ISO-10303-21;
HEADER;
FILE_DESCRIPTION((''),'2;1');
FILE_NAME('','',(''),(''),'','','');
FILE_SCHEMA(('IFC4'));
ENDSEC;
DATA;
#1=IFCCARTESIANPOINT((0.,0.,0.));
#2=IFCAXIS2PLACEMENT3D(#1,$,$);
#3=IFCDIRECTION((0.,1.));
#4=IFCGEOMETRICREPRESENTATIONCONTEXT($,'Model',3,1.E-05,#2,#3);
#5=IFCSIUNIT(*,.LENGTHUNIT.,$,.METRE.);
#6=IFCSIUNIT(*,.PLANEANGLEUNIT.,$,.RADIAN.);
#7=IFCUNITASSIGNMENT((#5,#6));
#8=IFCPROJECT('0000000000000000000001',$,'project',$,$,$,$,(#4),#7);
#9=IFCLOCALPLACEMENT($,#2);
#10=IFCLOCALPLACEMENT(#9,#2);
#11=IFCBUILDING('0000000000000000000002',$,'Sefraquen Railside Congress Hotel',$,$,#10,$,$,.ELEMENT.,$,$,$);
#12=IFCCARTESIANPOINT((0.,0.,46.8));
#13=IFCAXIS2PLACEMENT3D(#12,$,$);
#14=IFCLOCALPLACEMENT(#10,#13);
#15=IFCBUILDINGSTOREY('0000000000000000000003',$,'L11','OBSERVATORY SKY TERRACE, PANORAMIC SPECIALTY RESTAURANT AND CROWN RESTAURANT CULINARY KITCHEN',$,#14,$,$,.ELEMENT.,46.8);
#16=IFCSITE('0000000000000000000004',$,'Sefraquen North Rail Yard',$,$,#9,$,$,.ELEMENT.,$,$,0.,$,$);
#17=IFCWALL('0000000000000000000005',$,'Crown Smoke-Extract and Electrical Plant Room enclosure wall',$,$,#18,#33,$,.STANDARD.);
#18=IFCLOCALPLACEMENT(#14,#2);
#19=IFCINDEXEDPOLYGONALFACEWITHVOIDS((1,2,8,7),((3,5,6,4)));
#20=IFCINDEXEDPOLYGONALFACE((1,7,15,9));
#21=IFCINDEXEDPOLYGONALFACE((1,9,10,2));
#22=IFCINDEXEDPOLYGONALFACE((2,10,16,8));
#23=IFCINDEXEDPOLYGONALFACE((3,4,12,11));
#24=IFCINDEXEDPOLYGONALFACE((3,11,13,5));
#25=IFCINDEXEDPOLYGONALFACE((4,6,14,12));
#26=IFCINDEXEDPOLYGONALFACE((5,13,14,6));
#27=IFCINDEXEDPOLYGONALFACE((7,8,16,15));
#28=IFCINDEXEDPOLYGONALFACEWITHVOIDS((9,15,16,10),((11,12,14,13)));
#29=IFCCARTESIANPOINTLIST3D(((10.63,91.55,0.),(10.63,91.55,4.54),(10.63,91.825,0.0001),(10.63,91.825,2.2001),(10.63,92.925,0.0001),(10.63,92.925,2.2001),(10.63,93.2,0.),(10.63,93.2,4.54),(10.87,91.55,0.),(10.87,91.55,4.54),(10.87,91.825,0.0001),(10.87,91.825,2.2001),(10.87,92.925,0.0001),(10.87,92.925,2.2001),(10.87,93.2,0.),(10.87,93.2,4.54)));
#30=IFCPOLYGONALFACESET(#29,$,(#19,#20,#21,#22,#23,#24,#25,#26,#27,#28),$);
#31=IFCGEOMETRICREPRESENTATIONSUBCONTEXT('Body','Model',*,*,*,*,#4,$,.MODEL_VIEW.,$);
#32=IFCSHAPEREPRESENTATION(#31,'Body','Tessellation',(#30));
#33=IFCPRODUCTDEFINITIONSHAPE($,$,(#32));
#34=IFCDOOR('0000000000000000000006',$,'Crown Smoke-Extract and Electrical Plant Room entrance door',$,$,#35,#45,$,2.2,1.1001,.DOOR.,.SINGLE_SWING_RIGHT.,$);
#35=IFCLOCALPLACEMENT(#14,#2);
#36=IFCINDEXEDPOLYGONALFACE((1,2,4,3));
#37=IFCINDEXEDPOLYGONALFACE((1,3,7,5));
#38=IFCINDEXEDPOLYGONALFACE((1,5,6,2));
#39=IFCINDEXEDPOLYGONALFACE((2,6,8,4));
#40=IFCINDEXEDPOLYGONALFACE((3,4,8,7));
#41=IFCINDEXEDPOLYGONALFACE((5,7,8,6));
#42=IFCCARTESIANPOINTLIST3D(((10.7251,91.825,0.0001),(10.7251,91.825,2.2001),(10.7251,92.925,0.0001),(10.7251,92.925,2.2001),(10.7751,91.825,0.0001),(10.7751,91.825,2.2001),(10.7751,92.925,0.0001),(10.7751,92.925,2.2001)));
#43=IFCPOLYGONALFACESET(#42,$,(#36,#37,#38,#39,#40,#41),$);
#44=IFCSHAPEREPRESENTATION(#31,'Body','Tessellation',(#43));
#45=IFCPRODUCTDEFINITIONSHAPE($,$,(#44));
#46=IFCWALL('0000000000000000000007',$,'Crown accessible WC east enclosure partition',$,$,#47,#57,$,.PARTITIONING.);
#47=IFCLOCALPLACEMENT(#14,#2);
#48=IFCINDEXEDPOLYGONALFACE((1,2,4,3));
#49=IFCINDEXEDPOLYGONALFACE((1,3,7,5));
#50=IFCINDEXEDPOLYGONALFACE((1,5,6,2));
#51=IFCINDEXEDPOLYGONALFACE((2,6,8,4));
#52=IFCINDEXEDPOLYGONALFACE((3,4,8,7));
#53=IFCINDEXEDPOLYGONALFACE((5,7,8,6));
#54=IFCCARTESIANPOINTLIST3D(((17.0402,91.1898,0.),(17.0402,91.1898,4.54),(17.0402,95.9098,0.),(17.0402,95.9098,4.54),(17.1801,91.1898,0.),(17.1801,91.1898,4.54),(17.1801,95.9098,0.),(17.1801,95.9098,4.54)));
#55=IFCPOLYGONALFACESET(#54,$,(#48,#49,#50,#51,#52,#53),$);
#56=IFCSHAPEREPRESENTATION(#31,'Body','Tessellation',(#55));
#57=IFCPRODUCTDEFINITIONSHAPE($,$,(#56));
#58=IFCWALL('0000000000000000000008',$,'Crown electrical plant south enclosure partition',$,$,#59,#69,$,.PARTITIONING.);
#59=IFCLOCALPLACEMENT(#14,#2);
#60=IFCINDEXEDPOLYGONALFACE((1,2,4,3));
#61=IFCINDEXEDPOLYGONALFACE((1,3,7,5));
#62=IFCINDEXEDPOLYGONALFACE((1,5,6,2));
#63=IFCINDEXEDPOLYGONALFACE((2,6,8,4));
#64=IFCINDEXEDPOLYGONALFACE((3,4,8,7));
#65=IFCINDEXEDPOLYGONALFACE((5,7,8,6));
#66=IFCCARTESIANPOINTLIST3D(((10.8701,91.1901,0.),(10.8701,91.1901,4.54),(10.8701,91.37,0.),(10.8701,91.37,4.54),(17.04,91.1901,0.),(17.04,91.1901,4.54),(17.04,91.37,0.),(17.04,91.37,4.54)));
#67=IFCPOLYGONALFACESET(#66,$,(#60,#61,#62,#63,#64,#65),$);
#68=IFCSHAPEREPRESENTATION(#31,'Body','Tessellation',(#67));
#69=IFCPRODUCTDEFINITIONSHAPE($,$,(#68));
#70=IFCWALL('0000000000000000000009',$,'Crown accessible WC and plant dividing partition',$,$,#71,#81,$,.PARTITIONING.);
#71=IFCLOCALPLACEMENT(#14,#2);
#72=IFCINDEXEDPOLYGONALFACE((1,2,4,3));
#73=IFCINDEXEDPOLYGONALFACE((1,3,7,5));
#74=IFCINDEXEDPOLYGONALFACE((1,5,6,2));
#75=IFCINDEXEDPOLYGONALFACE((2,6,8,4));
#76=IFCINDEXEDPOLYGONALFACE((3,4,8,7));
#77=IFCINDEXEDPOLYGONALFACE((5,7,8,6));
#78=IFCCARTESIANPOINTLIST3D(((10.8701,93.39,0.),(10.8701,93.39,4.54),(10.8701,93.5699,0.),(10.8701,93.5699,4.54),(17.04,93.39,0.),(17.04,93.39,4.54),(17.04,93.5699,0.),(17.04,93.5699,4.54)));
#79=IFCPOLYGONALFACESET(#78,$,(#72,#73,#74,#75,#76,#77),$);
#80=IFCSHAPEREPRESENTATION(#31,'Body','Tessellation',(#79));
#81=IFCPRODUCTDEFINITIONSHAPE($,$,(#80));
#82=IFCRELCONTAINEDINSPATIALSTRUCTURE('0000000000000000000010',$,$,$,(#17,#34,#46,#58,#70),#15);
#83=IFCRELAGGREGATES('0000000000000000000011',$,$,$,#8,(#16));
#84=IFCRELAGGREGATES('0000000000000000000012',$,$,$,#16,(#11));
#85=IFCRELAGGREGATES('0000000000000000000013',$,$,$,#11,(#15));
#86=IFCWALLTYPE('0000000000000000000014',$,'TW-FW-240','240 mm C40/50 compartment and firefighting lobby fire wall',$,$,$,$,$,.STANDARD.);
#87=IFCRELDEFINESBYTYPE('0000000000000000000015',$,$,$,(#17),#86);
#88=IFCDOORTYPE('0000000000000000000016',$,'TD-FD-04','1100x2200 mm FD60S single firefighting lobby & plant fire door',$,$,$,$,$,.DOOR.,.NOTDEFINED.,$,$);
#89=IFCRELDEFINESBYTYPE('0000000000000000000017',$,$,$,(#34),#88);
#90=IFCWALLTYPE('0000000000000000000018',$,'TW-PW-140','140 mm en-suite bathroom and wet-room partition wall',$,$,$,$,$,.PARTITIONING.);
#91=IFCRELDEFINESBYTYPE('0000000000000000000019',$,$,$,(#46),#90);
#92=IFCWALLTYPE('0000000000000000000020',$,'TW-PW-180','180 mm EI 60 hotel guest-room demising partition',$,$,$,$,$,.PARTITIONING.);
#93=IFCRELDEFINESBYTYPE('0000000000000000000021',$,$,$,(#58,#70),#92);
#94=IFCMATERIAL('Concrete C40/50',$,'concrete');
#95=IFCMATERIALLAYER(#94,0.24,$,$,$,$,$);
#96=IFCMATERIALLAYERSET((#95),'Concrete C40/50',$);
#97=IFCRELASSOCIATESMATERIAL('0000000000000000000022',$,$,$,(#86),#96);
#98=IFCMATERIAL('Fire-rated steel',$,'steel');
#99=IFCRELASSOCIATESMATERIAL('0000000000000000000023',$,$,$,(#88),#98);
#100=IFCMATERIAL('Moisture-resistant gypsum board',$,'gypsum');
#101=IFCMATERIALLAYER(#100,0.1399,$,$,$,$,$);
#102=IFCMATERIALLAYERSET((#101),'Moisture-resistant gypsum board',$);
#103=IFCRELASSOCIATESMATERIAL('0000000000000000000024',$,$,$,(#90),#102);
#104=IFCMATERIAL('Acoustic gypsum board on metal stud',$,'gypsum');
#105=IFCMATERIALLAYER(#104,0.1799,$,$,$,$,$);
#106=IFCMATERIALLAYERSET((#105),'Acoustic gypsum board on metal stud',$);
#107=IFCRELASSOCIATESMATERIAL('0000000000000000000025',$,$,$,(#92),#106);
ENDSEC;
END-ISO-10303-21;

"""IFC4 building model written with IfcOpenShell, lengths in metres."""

from ifc_helpers import new_model, si_unit, direction, frame, frame_2d, origin, place, context, subcontext, project, spatial, rectangle, extrude, material, layer, layer_set, type_object, element, fill, save


model = new_model("IFC4")

# Units and contexts
model_context = context("Model", 3, precision=1e-05, world=origin(), true_north=direction((0.0, 1.0)))
body_context = subcontext(model_context, "Body", "Model", "MODEL_VIEW")
ifc_project = project(units=[si_unit("LENGTHUNIT", "METRE"), si_unit("PLANEANGLEUNIT", "RADIAN")], contexts=[model_context])

# Site, building, storey
site_placement = place(None, origin())
site = spatial("IfcSite", under=ifc_project, at=site_placement, Name="Sefraquen North Rail Yard", CompositionType="ELEMENT", RefElevation=0.0)
building_placement = place(site_placement, origin())
building = spatial("IfcBuilding", under=site, at=building_placement, Name="Sefraquen Railside Congress Hotel", CompositionType="ELEMENT")
storey_placement = place(building_placement, frame((0.0, 0.0, 46.8)))
storey = spatial("IfcBuildingStorey", under=building, at=storey_placement, Name="L11", Description="OBSERVATORY SKY TERRACE, PANORAMIC SPECIALTY RESTAURANT AND CROWN RESTAURANT CULINARY KITCHEN", CompositionType="ELEMENT", Elevation=46.8)

# Wall, opening, door
ifc_material_1 = material(Name="Concrete C40/50", Category="concrete")
ifc_layer_1 = layer(ifc_material_1, 0.24)
ifc_layer_set_1 = layer_set([ifc_layer_1], Name="Concrete C40/50")
wall_type_1 = type_object("IfcWallType", Name="TW-FW-240", Description="240 mm C40/50 compartment and firefighting lobby fire wall", PredefinedType="STANDARD", material=ifc_layer_set_1)
wall_1_placement = place(storey_placement, frame((10.75, 91.55, 0.0), z_axis=(0.0, 0.0, 1.0), x_axis=(0.0, 1.0, 0.0)))
wall_1 = element("IfcWall", 1, at=wall_1_placement, inside=storey, type_object=wall_type_1, Name="Crown Smoke-Extract and Electrical Plant Room enclosure wall", PredefinedType="STANDARD", context=body_context, shape_type="SweptSolid", body=[
    extrude(rectangle(XDim=1.6499, YDim=0.24, at=frame_2d((0.825, 0.0))), origin(), (0.0, 0.0, 1.0), 4.54),
])
opening_1_placement = place(wall_1_placement, frame((0.2749, 0.0, 0.0)))
opening_1 = element("IfcOpeningElement", 2, at=opening_1_placement, cuts=wall_1, PredefinedType="OPENING", context=body_context, shape_type="SweptSolid", body=[
    extrude(rectangle(XDim=1.1001, YDim=2.2, at=frame_2d((0.55, 1.1001))), frame((0.0, 0.1299, 0.0), z_axis=(0.0, -1.0, 0.0), x_axis=(1.0, 0.0, 0.0)), (0.0, 0.0, 1.0), 0.26),
])
ifc_material_2 = material(Name="Fire-rated steel", Category="steel")
door_type_1 = type_object("IfcDoorType", Name="TD-FD-04", Description="1100x2200 mm FD60S single firefighting lobby & plant fire door", OperationType="NOTDEFINED", PredefinedType="DOOR", material=ifc_material_2)
door_1_placement = place(opening_1_placement, origin())
door_1 = element("IfcDoor", 3, at=door_1_placement, inside=storey, type_object=door_type_1, Name="Crown Smoke-Extract and Electrical Plant Room entrance door", OperationType="SINGLE_SWING_RIGHT", OverallHeight=2.2, OverallWidth=1.1001, PredefinedType="DOOR", context=body_context, shape_type="SweptSolid", body=[
    extrude(rectangle(XDim=1.1001, YDim=2.2, at=frame_2d((0.55, 1.1001))), frame((0.0, 0.0249, 0.0), z_axis=(0.0, -1.0, 0.0), x_axis=(1.0, 0.0, 0.0)), (0.0, 0.0, 1.0), 0.05),
])
fill(opening_1, door_1)

# Wall
ifc_material_3 = material(Name="Moisture-resistant gypsum board", Category="gypsum")
ifc_layer_2 = layer(ifc_material_3, 0.1399)
ifc_layer_set_2 = layer_set([ifc_layer_2], Name="Moisture-resistant gypsum board")
wall_type_2 = type_object("IfcWallType", Name="TW-PW-140", Description="140 mm en-suite bathroom and wet-room partition wall", PredefinedType="PARTITIONING", material=ifc_layer_set_2)
wall_2_placement = place(storey_placement, frame((17.1101, 91.1899, 0.0), z_axis=(0.0, 0.0, 1.0), x_axis=(0.0, 1.0, 0.0)))
element("IfcWall", 4, at=wall_2_placement, inside=storey, type_object=wall_type_2, Name="Crown accessible WC east enclosure partition", PredefinedType="PARTITIONING", context=body_context, shape_type="SweptSolid", body=[
    extrude(rectangle(XDim=4.72, YDim=0.1399, at=frame_2d((2.3599, 0.0))), origin(), (0.0, 0.0, 1.0), 4.54),
])

# Walls
ifc_material_4 = material(Name="Acoustic gypsum board on metal stud", Category="gypsum")
ifc_layer_3 = layer(ifc_material_4, 0.1799)
ifc_layer_set_3 = layer_set([ifc_layer_3], Name="Acoustic gypsum board on metal stud")
wall_type_3 = type_object("IfcWallType", Name="TW-PW-180", Description="180 mm EI 60 hotel guest-room demising partition", PredefinedType="PARTITIONING", material=ifc_layer_set_3)
for number, where, z_axis, x_axis, name in (
    (5, (10.8701, 91.28, 0.0), (0.0, 0.0, 1.0), (1.0, 0.0, 0.0), "Crown electrical plant south enclosure partition"),
    (6, (10.8701, 93.48, 0.0), (0.0, 0.0, 1.0), (1.0, 0.0, 0.0), "Crown accessible WC and plant dividing partition"),
):
    element("IfcWall", number, at=place(storey_placement, frame(where, z_axis=z_axis, x_axis=x_axis)), inside=storey, type_object=wall_type_3, Name=name, PredefinedType="PARTITIONING", context=body_context, shape_type="SweptSolid", body=[
        extrude(rectangle(XDim=6.1699, YDim=0.1799, at=frame_2d((3.085, 0.0))), origin(), (0.0, 0.0, 1.0), 4.54),
    ])

save(model, "model.ifc")
